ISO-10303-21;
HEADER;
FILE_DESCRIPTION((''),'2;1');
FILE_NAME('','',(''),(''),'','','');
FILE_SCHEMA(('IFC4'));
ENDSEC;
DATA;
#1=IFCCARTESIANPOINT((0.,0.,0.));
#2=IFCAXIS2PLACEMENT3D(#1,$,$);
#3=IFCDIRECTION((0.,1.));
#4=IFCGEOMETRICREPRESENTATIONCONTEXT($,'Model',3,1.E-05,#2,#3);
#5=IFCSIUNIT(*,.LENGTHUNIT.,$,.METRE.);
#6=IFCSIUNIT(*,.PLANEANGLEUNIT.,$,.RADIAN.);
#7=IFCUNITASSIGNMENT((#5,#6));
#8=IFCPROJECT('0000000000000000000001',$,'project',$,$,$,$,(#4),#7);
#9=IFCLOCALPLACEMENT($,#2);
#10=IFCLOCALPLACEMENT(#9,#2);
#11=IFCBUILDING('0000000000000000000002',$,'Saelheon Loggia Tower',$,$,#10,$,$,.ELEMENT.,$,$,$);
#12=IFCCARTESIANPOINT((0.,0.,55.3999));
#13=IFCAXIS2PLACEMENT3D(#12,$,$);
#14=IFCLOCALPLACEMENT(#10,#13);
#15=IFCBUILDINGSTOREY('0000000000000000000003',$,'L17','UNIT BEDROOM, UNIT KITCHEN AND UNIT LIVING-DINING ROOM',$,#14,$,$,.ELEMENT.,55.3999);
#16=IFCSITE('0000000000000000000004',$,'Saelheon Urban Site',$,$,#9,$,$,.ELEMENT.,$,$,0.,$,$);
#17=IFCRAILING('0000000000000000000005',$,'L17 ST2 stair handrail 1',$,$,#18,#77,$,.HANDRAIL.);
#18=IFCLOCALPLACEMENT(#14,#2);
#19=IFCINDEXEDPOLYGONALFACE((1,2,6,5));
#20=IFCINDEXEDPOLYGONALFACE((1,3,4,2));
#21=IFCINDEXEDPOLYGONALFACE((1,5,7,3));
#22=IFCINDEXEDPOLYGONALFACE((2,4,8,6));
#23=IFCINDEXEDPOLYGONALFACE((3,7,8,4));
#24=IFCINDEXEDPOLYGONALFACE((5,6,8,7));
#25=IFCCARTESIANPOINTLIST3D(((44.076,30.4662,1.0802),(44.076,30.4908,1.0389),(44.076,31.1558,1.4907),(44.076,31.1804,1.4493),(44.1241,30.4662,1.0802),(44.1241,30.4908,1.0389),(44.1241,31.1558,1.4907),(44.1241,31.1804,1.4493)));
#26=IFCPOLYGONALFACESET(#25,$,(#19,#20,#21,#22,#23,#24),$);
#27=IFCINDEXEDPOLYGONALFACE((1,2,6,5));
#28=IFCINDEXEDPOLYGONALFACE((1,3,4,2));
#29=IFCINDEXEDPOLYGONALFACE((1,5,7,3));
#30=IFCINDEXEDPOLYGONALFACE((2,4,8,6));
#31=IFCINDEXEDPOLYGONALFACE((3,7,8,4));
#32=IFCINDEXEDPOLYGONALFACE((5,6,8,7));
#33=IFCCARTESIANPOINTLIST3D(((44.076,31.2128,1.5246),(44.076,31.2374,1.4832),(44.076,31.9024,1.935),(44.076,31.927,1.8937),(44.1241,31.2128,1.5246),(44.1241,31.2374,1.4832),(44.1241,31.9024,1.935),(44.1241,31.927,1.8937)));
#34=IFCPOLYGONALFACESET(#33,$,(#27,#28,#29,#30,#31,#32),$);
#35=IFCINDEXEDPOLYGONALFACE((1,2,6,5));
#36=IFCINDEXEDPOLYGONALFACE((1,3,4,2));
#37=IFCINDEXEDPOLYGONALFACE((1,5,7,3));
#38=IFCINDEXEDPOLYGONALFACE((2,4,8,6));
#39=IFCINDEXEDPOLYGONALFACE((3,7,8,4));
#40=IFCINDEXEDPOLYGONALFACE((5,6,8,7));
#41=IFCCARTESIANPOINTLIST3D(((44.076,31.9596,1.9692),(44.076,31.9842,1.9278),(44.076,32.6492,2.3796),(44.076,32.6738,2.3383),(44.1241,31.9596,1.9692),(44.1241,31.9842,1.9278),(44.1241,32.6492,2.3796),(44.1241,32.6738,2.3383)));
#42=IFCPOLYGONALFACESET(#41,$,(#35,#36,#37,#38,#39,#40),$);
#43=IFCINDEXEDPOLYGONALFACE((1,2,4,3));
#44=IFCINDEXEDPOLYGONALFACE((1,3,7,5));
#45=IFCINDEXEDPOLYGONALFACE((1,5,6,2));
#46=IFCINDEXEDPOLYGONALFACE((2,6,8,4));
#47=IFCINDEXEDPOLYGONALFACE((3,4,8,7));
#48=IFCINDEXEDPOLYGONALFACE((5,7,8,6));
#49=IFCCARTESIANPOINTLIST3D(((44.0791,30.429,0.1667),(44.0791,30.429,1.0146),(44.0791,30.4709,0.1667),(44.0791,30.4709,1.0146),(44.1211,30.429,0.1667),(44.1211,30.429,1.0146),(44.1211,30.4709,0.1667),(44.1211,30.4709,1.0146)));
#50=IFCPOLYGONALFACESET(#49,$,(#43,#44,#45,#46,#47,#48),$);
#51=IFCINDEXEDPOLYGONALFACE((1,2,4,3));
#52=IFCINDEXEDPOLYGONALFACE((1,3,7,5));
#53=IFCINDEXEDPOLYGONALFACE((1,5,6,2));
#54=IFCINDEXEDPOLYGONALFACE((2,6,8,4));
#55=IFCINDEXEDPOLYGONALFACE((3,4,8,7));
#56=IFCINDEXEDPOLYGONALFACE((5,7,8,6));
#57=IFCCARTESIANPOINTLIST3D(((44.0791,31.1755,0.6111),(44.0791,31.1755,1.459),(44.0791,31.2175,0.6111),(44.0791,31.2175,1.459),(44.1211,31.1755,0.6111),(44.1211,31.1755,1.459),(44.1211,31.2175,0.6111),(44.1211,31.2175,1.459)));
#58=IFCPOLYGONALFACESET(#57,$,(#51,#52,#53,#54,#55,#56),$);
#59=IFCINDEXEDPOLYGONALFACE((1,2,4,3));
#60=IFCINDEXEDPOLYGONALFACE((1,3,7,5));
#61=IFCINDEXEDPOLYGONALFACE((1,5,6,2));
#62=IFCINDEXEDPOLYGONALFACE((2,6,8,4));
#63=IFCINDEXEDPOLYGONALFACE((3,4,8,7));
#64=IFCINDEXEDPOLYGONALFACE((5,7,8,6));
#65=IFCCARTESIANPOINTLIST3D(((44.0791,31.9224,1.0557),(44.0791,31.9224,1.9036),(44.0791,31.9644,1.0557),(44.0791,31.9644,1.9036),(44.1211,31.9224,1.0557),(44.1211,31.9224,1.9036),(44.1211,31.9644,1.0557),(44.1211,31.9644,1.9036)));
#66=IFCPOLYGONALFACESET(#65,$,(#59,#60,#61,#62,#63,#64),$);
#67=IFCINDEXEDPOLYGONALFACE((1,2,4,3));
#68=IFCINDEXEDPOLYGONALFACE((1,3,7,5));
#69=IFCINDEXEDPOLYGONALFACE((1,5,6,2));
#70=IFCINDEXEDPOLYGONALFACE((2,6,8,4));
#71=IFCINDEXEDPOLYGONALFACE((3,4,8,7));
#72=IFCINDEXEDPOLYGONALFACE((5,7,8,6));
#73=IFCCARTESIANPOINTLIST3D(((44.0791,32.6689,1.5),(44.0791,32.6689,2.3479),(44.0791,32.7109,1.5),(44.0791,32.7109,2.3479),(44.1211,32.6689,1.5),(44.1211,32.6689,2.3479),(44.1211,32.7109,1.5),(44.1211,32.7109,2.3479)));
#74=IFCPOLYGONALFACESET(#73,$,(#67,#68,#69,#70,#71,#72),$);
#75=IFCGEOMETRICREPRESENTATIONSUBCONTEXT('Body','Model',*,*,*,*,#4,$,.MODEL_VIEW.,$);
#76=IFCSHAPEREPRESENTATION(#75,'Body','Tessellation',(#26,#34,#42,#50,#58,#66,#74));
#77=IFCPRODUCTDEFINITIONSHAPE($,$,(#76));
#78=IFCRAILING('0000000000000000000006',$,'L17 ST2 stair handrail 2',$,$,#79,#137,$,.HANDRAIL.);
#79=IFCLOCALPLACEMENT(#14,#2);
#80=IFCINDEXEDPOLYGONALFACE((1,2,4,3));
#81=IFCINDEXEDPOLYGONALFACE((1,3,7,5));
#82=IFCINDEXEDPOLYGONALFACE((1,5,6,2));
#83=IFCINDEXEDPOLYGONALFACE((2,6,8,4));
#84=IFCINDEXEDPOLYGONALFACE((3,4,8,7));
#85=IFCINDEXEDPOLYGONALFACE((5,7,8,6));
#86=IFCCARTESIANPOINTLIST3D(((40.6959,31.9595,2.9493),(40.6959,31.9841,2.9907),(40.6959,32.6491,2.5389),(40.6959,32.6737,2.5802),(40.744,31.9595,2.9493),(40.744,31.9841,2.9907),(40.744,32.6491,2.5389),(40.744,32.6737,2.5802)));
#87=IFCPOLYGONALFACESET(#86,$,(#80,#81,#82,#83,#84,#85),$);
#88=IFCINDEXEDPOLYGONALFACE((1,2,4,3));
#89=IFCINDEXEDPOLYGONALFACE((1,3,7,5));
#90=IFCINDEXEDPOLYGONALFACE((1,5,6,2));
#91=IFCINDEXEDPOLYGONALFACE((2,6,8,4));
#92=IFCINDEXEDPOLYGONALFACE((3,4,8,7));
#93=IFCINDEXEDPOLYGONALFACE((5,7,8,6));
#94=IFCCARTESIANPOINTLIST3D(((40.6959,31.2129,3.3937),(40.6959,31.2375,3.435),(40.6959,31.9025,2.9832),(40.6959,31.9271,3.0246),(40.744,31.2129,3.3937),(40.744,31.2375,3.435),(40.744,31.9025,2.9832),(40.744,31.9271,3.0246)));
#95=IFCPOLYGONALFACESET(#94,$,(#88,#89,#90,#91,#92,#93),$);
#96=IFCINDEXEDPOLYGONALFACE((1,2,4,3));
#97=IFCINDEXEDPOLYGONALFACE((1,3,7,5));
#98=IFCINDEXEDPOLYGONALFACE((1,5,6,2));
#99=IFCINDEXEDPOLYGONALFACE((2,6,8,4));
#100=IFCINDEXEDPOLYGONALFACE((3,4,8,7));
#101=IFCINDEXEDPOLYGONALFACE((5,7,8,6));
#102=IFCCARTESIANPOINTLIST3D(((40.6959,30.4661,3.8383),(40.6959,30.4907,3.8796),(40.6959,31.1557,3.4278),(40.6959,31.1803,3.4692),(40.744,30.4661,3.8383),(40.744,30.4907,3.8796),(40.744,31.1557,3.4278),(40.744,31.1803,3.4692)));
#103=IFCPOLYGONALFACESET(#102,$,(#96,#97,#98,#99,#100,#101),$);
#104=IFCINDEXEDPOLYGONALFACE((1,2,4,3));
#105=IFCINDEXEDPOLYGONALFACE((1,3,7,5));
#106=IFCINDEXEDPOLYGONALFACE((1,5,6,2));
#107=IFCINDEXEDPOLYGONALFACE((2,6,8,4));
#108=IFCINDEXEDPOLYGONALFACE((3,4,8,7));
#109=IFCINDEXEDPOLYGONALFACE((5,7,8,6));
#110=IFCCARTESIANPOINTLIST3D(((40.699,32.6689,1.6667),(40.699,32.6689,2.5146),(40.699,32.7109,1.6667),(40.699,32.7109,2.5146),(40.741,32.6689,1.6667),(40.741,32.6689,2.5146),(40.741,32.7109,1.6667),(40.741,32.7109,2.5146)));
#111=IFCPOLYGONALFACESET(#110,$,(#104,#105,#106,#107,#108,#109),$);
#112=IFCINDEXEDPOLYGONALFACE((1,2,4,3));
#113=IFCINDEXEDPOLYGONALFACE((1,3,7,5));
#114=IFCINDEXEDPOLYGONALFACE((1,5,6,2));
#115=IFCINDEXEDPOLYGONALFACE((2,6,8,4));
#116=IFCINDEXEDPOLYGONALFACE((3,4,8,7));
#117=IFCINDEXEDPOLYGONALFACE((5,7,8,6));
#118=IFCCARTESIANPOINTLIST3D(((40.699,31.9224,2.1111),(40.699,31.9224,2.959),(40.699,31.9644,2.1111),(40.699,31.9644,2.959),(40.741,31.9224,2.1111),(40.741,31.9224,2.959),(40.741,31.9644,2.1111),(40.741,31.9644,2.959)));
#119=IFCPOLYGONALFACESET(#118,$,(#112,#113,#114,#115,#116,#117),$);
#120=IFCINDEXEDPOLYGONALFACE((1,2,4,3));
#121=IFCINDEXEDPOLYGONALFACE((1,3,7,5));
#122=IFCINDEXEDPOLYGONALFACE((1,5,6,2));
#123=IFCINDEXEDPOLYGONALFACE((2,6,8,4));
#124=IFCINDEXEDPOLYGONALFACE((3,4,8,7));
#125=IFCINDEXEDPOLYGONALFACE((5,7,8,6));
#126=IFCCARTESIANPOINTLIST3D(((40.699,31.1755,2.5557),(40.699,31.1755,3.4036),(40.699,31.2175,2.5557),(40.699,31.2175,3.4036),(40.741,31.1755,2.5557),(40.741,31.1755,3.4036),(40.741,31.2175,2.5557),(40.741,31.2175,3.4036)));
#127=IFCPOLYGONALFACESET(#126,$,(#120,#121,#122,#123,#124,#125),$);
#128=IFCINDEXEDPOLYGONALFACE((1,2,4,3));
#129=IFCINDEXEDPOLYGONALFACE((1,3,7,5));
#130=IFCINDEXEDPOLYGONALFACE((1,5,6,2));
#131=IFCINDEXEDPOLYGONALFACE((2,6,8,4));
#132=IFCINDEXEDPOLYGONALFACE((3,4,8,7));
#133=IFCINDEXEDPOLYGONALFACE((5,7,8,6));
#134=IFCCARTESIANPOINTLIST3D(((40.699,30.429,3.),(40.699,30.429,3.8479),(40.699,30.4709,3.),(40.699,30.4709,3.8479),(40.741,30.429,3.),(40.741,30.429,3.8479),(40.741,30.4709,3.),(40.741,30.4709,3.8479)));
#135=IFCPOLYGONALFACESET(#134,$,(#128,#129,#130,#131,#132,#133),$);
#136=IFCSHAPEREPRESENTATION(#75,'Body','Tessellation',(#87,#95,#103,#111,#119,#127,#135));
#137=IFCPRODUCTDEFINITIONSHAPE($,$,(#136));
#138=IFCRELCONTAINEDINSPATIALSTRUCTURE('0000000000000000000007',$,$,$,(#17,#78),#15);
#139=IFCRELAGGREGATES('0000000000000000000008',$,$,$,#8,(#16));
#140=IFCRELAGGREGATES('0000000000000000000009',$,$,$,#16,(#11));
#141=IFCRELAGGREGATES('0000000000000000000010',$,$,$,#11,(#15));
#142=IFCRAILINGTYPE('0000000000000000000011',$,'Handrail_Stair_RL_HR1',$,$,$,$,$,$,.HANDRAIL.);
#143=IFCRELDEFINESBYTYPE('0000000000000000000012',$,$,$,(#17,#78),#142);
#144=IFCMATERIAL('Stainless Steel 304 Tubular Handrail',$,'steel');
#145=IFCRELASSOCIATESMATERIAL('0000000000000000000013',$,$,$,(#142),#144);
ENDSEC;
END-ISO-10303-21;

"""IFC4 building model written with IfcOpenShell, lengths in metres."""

from ifc_helpers import new_model, si_unit, direction, frame, origin, origin_2d, place, context, subcontext, project, spatial, rectangle, extrude, material, type_object, element, save


model = new_model("IFC4")

# Units and contexts
model_context = context("Model", 3, precision=1e-05, world=origin(), true_north=direction((0.0, 1.0)))
body_context = subcontext(model_context, "Body", "Model", "MODEL_VIEW")
ifc_project = project(units=[si_unit("LENGTHUNIT", "METRE"), si_unit("PLANEANGLEUNIT", "RADIAN")], contexts=[model_context])

# Site, building, storey
site_placement = place(None, origin())
site = spatial("IfcSite", under=ifc_project, at=site_placement, Name="Saelheon Urban Site", CompositionType="ELEMENT", RefElevation=0.0)
building_placement = place(site_placement, origin())
building = spatial("IfcBuilding", under=site, at=building_placement, Name="Saelheon Loggia Tower", CompositionType="ELEMENT")
storey_placement = place(building_placement, frame((0.0, 0.0, 55.3999)))
storey = spatial("IfcBuildingStorey", under=building, at=storey_placement, Name="L17", Description="UNIT BEDROOM, UNIT KITCHEN AND UNIT LIVING-DINING ROOM", CompositionType="ELEMENT", Elevation=55.3999)

# Railings
ifc_material_1 = material(Name="Stainless Steel 304 Tubular Handrail", Category="steel")
railing_type_1 = type_object("IfcRailingType", Name="Handrail_Stair_RL_HR1", PredefinedType="HANDRAIL", material=ifc_material_1)
railing_1_placement = place(storey_placement, frame((44.1001, 30.45, 0.1667)))
element("IfcRailing", 1, at=railing_1_placement, inside=storey, type_object=railing_type_1, Name="L17 ST2 stair handrail 1", PredefinedType="HANDRAIL", context=body_context, shape_type="SweptSolid", body=[
    extrude(rectangle(XDim=0.0481, YDim=0.0481, at=origin_2d()), frame((0.0, 0.0286, 0.8928), z_axis=(0.0, 0.859306, 0.511462), x_axis=(-1.0, 0.0, 0.0)), (0.0, 0.0, 1.0), 0.8025),
    extrude(rectangle(XDim=0.0481, YDim=0.0481, at=origin_2d()), frame((0.0, 0.7751, 1.3372), z_axis=(0.0, 0.859306, 0.511462), x_axis=(-1.0, 0.0, 0.0)), (0.0, 0.0, 1.0), 0.8025),
    extrude(rectangle(XDim=0.0481, YDim=0.0481, at=origin_2d()), frame((0.0, 1.522, 1.7817), z_axis=(0.0, 0.859306, 0.511462), x_axis=(-1.0, 0.0, 0.0)), (0.0, 0.0, 1.0), 0.8025),
    extrude(rectangle(XDim=0.042, YDim=0.042, at=origin_2d()), origin(), (0.0, 0.0, 1.0), 0.8479),
    extrude(rectangle(XDim=0.042, YDim=0.042, at=origin_2d()), frame((0.0, 0.7466, 0.4443)), (0.0, 0.0, 1.0), 0.8479),
    extrude(rectangle(XDim=0.042, YDim=0.042, at=origin_2d()), frame((0.0, 1.4934, 0.8889)), (0.0, 0.0, 1.0), 0.8479),
    extrude(rectangle(XDim=0.042, YDim=0.042, at=origin_2d()), frame((0.0, 2.24, 1.3333)), (0.0, 0.0, 1.0), 0.8479),
])
railing_2_placement = place(storey_placement, frame((40.72, 32.6899, 1.6667)))
element("IfcRailing", 2, at=railing_2_placement, inside=storey, type_object=railing_type_1, Name="L17 ST2 stair handrail 2", PredefinedType="HANDRAIL", context=body_context, shape_type="SweptSolid", body=[
    extrude(rectangle(XDim=0.0481, YDim=0.0481, at=origin_2d()), frame((0.0, -0.0286, 0.8928), z_axis=(0.0, -0.859306, 0.511462), x_axis=(1.0, 0.0, 0.0)), (0.0, 0.0, 1.0), 0.8025),
    extrude(rectangle(XDim=0.0481, YDim=0.0481, at=origin_2d()), frame((0.0, -0.7751, 1.3372), z_axis=(0.0, -0.859306, 0.511462), x_axis=(1.0, 0.0, 0.0)), (0.0, 0.0, 1.0), 0.8025),
    extrude(rectangle(XDim=0.0481, YDim=0.0481, at=origin_2d()), frame((0.0, -1.522, 1.7817), z_axis=(0.0, -0.859306, 0.511462), x_axis=(1.0, 0.0, 0.0)), (0.0, 0.0, 1.0), 0.8025),
    extrude(rectangle(XDim=0.042, YDim=0.042, at=origin_2d()), origin(), (0.0, 0.0, 1.0), 0.8479),
    extrude(rectangle(XDim=0.042, YDim=0.042, at=origin_2d()), frame((0.0, -0.7466, 0.4443)), (0.0, 0.0, 1.0), 0.8479),
    extrude(rectangle(XDim=0.042, YDim=0.042, at=origin_2d()), frame((0.0, -1.4934, 0.8889)), (0.0, 0.0, 1.0), 0.8479),
    extrude(rectangle(XDim=0.042, YDim=0.042, at=origin_2d()), frame((0.0, -2.24, 1.3333)), (0.0, 0.0, 1.0), 0.8479),
])

save(model, "model.ifc")
